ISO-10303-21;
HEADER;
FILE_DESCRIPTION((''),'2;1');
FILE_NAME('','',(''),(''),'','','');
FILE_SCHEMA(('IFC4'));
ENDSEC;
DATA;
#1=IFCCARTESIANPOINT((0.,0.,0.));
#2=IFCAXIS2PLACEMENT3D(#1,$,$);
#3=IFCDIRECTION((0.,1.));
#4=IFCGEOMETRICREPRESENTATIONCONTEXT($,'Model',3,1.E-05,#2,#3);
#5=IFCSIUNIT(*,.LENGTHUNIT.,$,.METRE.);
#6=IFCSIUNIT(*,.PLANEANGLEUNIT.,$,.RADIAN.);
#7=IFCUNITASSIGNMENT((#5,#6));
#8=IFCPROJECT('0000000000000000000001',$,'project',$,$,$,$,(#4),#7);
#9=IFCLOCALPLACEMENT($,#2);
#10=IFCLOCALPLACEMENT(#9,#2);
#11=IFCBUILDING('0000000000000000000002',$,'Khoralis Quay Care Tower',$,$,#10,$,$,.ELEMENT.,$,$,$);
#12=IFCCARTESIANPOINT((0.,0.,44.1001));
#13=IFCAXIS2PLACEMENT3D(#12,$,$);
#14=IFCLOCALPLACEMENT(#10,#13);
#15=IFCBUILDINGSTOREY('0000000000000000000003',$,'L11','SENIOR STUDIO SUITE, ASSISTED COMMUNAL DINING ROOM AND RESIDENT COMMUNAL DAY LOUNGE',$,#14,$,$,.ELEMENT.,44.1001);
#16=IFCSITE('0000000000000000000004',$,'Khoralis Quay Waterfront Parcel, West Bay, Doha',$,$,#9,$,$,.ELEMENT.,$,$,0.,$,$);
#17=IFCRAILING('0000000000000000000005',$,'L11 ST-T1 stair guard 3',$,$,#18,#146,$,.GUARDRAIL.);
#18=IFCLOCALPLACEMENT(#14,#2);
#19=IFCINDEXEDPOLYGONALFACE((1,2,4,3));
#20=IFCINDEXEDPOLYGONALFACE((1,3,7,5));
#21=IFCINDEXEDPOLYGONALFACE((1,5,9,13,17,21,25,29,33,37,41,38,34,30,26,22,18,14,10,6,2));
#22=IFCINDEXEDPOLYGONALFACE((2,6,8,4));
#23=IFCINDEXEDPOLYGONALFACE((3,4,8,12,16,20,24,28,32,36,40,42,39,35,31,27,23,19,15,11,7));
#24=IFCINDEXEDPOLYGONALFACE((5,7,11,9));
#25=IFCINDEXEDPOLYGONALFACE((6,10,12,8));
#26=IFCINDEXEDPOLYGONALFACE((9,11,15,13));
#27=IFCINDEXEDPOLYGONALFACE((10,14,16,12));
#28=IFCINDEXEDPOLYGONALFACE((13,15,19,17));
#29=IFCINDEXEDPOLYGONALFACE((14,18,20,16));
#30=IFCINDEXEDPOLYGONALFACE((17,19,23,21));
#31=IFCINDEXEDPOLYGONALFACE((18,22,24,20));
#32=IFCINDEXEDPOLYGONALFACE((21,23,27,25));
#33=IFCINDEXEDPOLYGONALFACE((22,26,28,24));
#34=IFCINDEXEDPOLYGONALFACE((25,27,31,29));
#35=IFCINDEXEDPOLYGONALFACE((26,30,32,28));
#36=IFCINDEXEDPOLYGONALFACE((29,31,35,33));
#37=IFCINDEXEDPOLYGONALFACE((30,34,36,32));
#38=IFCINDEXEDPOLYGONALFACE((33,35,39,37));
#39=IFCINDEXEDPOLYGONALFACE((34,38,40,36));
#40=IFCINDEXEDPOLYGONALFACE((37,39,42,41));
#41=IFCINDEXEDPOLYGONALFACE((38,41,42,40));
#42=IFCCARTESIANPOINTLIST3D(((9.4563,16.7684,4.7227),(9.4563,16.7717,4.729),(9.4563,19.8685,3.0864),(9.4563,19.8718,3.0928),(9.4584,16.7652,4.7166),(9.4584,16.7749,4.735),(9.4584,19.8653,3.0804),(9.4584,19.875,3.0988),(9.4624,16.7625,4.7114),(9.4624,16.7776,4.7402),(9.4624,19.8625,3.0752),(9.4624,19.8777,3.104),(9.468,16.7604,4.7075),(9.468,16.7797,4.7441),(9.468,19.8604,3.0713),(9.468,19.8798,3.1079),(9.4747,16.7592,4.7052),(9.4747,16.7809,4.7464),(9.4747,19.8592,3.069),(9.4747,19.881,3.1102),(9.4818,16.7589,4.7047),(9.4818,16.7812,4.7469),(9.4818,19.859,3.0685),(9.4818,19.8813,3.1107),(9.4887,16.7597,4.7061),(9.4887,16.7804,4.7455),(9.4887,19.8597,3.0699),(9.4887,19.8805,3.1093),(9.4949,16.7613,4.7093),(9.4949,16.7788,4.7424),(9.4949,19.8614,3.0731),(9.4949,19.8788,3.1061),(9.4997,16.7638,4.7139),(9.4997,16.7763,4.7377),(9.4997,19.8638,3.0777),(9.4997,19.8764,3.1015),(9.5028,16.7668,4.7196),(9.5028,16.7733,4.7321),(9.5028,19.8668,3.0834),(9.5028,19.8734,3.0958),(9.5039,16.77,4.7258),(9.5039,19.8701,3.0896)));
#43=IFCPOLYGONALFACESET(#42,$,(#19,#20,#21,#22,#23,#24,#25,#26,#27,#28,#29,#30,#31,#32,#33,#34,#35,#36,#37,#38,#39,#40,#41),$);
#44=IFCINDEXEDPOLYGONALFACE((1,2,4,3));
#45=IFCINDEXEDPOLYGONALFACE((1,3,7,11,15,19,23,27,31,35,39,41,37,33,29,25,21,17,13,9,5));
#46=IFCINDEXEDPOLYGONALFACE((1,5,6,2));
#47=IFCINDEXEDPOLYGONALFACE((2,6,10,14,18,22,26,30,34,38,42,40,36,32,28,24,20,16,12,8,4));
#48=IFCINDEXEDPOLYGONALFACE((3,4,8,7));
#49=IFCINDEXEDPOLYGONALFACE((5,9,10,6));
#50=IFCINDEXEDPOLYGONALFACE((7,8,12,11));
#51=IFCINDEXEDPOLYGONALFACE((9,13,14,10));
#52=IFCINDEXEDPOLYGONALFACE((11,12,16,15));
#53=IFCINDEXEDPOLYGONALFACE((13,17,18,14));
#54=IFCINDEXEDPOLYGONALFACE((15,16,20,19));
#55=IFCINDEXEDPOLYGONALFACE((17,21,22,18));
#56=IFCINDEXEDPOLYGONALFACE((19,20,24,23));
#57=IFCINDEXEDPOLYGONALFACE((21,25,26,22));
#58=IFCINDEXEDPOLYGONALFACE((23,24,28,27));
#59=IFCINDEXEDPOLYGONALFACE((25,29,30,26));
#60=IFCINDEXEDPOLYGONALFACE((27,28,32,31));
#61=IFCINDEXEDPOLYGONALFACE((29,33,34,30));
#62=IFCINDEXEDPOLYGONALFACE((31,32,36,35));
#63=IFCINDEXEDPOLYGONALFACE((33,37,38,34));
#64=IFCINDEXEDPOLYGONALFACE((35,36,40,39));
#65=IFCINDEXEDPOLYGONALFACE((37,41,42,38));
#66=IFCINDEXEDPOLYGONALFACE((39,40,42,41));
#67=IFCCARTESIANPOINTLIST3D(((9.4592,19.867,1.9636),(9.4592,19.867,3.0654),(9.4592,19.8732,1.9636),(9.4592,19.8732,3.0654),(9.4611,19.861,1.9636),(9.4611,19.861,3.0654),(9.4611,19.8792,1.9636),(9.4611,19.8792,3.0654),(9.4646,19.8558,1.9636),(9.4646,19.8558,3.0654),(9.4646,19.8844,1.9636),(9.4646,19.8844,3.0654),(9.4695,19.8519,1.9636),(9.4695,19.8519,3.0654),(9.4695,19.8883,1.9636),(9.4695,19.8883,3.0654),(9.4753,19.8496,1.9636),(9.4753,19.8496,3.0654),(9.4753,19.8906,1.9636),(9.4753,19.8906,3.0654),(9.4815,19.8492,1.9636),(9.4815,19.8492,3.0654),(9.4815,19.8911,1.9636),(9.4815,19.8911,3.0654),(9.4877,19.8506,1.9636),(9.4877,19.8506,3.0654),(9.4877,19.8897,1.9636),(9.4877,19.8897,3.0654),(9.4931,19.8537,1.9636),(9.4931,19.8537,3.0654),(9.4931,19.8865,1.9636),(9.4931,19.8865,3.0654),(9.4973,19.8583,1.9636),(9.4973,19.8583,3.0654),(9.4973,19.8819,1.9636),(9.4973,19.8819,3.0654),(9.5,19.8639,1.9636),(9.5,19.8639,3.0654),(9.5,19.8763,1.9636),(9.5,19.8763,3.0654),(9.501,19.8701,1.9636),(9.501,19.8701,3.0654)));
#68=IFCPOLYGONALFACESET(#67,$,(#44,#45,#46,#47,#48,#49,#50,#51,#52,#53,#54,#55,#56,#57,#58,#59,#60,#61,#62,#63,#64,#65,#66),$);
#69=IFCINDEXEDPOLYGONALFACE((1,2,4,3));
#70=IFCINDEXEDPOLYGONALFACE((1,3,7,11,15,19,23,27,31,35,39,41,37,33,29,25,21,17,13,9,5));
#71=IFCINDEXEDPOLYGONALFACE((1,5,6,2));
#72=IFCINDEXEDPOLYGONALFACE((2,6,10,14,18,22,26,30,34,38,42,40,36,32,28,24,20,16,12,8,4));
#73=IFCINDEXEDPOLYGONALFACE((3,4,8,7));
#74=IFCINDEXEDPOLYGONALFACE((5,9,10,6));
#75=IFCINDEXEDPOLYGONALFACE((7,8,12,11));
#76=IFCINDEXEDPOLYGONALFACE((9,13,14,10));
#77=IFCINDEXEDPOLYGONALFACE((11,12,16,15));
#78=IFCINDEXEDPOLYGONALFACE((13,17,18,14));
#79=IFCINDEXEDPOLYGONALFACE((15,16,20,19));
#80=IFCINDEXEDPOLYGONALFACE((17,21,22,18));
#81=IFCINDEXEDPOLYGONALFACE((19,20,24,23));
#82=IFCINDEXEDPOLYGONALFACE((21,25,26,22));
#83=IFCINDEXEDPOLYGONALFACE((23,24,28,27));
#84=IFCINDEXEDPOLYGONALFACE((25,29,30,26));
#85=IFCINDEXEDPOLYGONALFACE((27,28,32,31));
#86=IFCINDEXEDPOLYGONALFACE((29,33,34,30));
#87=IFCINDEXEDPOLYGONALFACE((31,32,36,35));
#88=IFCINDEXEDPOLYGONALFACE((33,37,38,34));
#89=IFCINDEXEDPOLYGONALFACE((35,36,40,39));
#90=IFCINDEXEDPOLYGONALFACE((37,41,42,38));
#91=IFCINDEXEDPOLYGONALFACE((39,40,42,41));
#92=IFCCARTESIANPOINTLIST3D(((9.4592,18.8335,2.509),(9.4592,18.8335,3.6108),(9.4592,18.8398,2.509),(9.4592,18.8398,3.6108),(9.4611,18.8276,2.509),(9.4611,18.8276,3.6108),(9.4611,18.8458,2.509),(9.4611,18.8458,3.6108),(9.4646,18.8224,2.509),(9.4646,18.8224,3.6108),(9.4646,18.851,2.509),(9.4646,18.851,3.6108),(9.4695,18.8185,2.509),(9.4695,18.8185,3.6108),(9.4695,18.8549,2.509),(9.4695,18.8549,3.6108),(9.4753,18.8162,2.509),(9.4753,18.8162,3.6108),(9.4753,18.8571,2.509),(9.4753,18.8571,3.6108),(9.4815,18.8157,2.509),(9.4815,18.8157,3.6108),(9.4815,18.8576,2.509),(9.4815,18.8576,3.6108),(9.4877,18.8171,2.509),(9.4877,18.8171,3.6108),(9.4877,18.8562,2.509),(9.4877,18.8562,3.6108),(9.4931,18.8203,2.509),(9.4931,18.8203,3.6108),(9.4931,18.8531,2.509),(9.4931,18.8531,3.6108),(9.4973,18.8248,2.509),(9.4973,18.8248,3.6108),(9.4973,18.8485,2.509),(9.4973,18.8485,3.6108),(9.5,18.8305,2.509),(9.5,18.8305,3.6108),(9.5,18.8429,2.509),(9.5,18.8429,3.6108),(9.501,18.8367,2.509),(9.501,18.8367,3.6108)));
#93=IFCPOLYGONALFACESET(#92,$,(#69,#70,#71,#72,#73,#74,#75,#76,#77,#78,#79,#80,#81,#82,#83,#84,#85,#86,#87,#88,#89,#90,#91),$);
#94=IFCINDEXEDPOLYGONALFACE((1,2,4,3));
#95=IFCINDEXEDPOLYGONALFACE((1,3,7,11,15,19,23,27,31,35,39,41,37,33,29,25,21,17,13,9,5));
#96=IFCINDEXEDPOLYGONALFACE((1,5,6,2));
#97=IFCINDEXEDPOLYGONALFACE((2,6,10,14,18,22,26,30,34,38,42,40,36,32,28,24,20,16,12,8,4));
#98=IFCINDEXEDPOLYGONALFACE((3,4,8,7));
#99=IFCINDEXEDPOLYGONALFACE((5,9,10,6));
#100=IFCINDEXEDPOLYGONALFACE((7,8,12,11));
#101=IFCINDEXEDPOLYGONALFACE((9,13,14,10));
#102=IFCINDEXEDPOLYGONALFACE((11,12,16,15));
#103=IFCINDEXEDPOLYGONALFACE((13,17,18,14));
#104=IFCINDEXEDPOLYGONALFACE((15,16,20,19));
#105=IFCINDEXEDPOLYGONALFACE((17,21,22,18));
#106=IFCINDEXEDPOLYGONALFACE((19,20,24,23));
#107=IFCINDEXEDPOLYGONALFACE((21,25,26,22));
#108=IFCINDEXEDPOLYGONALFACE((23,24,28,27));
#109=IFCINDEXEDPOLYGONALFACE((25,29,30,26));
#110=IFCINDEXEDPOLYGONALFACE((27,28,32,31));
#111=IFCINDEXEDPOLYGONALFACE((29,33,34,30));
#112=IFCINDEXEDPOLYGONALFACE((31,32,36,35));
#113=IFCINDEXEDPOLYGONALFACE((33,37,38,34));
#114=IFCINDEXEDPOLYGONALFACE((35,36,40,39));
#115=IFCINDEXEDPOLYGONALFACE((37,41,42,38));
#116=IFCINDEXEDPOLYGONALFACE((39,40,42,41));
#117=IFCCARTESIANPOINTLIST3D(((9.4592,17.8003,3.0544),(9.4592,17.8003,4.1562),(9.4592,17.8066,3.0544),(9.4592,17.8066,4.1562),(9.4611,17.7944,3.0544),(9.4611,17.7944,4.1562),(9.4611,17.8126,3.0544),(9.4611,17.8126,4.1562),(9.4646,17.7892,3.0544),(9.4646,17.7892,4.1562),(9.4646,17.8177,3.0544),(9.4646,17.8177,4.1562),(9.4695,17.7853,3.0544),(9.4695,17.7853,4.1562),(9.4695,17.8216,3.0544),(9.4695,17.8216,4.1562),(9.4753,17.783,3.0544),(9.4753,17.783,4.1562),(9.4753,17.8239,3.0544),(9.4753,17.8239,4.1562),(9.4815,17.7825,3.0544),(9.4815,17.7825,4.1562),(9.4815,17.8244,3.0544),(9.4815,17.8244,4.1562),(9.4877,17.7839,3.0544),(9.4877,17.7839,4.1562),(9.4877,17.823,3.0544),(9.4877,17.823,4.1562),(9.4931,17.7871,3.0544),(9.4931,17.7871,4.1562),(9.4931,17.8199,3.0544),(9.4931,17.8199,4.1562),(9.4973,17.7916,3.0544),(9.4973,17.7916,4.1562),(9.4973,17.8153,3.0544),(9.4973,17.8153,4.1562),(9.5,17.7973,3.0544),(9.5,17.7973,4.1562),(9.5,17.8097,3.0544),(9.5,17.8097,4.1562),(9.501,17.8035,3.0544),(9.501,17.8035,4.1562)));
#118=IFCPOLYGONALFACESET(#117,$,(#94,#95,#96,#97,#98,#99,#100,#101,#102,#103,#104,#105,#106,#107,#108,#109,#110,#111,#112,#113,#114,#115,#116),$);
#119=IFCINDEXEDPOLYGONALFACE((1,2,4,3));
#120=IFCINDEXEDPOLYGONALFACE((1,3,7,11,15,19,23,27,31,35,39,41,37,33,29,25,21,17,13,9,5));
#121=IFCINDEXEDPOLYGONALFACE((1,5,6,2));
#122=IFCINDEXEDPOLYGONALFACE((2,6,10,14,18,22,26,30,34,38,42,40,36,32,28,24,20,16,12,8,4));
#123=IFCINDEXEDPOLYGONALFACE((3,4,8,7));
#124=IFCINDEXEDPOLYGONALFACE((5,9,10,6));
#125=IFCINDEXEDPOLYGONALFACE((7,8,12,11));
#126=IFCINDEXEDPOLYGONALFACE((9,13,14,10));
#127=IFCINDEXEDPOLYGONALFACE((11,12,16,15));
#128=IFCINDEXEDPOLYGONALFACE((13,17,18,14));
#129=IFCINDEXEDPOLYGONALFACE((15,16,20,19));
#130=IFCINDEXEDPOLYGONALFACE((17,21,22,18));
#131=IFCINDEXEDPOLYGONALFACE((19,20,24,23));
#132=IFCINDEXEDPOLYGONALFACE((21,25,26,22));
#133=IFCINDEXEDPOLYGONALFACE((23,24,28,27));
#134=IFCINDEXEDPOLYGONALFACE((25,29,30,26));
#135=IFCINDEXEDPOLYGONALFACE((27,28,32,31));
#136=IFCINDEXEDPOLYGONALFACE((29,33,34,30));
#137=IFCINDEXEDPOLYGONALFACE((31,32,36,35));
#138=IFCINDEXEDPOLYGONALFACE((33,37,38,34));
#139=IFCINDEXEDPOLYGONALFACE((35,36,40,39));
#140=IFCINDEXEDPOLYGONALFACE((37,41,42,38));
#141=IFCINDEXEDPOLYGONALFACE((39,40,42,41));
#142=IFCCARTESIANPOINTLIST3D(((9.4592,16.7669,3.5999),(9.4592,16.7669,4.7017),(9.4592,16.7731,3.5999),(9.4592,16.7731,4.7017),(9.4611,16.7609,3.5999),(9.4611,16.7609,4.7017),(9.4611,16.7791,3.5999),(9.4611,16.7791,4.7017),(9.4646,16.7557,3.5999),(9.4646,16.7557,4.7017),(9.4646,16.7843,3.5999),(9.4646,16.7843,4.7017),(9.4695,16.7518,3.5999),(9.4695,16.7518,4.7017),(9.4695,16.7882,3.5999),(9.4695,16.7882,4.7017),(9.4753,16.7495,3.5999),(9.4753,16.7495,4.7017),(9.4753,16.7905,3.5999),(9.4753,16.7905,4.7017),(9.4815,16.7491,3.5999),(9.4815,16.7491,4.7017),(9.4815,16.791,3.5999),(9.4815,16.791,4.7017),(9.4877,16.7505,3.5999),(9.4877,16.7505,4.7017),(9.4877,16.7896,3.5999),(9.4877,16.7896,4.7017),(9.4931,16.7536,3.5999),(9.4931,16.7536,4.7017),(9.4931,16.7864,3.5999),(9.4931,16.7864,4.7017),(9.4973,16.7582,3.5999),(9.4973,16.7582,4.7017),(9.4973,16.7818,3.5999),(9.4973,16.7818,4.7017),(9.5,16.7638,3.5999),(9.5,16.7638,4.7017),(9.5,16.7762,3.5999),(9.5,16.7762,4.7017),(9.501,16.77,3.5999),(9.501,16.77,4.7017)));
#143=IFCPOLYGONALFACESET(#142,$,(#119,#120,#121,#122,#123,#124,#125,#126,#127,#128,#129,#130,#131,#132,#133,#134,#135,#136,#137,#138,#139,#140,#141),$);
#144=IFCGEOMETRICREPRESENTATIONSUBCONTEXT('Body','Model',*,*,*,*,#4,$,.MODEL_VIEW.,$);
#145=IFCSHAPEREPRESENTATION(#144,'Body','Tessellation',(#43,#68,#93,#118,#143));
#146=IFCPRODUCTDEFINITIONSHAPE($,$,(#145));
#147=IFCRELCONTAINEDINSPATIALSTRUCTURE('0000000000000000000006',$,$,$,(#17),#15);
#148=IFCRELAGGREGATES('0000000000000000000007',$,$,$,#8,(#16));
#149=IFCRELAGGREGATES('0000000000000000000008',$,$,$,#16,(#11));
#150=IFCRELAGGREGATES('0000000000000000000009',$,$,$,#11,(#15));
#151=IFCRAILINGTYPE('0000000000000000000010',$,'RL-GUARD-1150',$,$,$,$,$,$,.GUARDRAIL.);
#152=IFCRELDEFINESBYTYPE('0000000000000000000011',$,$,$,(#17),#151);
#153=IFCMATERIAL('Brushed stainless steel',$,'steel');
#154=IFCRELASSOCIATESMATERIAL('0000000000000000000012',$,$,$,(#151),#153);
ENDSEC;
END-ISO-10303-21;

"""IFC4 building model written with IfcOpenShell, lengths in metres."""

from ifc_helpers import new_model, si_unit, direction, frame, origin, origin_2d, place, context, subcontext, project, spatial, circle, extrude, material, type_object, element, save


model = new_model("IFC4")

# Units and contexts
model_context = context("Model", 3, precision=1e-05, world=origin(), true_north=direction((0.0, 1.0)))
body_context = subcontext(model_context, "Body", "Model", "MODEL_VIEW")
ifc_project = project(units=[si_unit("LENGTHUNIT", "METRE"), si_unit("PLANEANGLEUNIT", "RADIAN")], contexts=[model_context])

# Site, building, storey
site_placement = place(None, origin())
site = spatial("IfcSite", under=ifc_project, at=site_placement, Name="Khoralis Quay Waterfront Parcel, West Bay, Doha", CompositionType="ELEMENT", RefElevation=0.0)
building_placement = place(site_placement, origin())
building = spatial("IfcBuilding", under=site, at=building_placement, Name="Khoralis Quay Care Tower", CompositionType="ELEMENT")
storey_placement = place(building_placement, frame((0.0, 0.0, 44.1001)))
storey = spatial("IfcBuildingStorey", under=building, at=storey_placement, Name="L11", Description="SENIOR STUDIO SUITE, ASSISTED COMMUNAL DINING ROOM AND RESIDENT COMMUNAL DAY LOUNGE", CompositionType="ELEMENT", Elevation=44.1001)

# Shared definitions
ifc_material_1 = material(Name="Brushed stainless steel", Category="steel")

# Railing
railing_type_1 = type_object("IfcRailingType", Name="RL-GUARD-1150", PredefinedType="GUARDRAIL", material=ifc_material_1)
railing_1_placement = place(storey_placement, frame((9.48, 19.8701, 1.9636)))
element("IfcRailing", 1, at=railing_1_placement, inside=storey, type_object=railing_type_1, Name="L11 ST-T1 stair guard 3", PredefinedType="GUARDRAIL", context=body_context, shape_type="SweptSolid", body=[
    extrude(circle(Radius=0.0239, at=origin_2d()), frame((0.0, 0.0, 1.126), z_axis=(0.0, -0.884377, 0.466774), x_axis=(1.0, 0.0, 0.0)), (0.0, 0.0, 1.0), 3.5054),
    extrude(circle(Radius=0.021, at=origin_2d()), origin(), (0.0, 0.0, 1.0), 1.1018),
    extrude(circle(Radius=0.021, at=origin_2d()), frame((0.0, -1.0334, 0.5454)), (0.0, 0.0, 1.0), 1.1018),
    extrude(circle(Radius=0.021, at=origin_2d()), frame((0.0, -2.0667, 1.0908)), (0.0, 0.0, 1.0), 1.1018),
    extrude(circle(Radius=0.021, at=origin_2d()), frame((0.0, -3.1001, 1.6362)), (0.0, 0.0, 1.0), 1.1018),
])

save(model, "model.ifc")
